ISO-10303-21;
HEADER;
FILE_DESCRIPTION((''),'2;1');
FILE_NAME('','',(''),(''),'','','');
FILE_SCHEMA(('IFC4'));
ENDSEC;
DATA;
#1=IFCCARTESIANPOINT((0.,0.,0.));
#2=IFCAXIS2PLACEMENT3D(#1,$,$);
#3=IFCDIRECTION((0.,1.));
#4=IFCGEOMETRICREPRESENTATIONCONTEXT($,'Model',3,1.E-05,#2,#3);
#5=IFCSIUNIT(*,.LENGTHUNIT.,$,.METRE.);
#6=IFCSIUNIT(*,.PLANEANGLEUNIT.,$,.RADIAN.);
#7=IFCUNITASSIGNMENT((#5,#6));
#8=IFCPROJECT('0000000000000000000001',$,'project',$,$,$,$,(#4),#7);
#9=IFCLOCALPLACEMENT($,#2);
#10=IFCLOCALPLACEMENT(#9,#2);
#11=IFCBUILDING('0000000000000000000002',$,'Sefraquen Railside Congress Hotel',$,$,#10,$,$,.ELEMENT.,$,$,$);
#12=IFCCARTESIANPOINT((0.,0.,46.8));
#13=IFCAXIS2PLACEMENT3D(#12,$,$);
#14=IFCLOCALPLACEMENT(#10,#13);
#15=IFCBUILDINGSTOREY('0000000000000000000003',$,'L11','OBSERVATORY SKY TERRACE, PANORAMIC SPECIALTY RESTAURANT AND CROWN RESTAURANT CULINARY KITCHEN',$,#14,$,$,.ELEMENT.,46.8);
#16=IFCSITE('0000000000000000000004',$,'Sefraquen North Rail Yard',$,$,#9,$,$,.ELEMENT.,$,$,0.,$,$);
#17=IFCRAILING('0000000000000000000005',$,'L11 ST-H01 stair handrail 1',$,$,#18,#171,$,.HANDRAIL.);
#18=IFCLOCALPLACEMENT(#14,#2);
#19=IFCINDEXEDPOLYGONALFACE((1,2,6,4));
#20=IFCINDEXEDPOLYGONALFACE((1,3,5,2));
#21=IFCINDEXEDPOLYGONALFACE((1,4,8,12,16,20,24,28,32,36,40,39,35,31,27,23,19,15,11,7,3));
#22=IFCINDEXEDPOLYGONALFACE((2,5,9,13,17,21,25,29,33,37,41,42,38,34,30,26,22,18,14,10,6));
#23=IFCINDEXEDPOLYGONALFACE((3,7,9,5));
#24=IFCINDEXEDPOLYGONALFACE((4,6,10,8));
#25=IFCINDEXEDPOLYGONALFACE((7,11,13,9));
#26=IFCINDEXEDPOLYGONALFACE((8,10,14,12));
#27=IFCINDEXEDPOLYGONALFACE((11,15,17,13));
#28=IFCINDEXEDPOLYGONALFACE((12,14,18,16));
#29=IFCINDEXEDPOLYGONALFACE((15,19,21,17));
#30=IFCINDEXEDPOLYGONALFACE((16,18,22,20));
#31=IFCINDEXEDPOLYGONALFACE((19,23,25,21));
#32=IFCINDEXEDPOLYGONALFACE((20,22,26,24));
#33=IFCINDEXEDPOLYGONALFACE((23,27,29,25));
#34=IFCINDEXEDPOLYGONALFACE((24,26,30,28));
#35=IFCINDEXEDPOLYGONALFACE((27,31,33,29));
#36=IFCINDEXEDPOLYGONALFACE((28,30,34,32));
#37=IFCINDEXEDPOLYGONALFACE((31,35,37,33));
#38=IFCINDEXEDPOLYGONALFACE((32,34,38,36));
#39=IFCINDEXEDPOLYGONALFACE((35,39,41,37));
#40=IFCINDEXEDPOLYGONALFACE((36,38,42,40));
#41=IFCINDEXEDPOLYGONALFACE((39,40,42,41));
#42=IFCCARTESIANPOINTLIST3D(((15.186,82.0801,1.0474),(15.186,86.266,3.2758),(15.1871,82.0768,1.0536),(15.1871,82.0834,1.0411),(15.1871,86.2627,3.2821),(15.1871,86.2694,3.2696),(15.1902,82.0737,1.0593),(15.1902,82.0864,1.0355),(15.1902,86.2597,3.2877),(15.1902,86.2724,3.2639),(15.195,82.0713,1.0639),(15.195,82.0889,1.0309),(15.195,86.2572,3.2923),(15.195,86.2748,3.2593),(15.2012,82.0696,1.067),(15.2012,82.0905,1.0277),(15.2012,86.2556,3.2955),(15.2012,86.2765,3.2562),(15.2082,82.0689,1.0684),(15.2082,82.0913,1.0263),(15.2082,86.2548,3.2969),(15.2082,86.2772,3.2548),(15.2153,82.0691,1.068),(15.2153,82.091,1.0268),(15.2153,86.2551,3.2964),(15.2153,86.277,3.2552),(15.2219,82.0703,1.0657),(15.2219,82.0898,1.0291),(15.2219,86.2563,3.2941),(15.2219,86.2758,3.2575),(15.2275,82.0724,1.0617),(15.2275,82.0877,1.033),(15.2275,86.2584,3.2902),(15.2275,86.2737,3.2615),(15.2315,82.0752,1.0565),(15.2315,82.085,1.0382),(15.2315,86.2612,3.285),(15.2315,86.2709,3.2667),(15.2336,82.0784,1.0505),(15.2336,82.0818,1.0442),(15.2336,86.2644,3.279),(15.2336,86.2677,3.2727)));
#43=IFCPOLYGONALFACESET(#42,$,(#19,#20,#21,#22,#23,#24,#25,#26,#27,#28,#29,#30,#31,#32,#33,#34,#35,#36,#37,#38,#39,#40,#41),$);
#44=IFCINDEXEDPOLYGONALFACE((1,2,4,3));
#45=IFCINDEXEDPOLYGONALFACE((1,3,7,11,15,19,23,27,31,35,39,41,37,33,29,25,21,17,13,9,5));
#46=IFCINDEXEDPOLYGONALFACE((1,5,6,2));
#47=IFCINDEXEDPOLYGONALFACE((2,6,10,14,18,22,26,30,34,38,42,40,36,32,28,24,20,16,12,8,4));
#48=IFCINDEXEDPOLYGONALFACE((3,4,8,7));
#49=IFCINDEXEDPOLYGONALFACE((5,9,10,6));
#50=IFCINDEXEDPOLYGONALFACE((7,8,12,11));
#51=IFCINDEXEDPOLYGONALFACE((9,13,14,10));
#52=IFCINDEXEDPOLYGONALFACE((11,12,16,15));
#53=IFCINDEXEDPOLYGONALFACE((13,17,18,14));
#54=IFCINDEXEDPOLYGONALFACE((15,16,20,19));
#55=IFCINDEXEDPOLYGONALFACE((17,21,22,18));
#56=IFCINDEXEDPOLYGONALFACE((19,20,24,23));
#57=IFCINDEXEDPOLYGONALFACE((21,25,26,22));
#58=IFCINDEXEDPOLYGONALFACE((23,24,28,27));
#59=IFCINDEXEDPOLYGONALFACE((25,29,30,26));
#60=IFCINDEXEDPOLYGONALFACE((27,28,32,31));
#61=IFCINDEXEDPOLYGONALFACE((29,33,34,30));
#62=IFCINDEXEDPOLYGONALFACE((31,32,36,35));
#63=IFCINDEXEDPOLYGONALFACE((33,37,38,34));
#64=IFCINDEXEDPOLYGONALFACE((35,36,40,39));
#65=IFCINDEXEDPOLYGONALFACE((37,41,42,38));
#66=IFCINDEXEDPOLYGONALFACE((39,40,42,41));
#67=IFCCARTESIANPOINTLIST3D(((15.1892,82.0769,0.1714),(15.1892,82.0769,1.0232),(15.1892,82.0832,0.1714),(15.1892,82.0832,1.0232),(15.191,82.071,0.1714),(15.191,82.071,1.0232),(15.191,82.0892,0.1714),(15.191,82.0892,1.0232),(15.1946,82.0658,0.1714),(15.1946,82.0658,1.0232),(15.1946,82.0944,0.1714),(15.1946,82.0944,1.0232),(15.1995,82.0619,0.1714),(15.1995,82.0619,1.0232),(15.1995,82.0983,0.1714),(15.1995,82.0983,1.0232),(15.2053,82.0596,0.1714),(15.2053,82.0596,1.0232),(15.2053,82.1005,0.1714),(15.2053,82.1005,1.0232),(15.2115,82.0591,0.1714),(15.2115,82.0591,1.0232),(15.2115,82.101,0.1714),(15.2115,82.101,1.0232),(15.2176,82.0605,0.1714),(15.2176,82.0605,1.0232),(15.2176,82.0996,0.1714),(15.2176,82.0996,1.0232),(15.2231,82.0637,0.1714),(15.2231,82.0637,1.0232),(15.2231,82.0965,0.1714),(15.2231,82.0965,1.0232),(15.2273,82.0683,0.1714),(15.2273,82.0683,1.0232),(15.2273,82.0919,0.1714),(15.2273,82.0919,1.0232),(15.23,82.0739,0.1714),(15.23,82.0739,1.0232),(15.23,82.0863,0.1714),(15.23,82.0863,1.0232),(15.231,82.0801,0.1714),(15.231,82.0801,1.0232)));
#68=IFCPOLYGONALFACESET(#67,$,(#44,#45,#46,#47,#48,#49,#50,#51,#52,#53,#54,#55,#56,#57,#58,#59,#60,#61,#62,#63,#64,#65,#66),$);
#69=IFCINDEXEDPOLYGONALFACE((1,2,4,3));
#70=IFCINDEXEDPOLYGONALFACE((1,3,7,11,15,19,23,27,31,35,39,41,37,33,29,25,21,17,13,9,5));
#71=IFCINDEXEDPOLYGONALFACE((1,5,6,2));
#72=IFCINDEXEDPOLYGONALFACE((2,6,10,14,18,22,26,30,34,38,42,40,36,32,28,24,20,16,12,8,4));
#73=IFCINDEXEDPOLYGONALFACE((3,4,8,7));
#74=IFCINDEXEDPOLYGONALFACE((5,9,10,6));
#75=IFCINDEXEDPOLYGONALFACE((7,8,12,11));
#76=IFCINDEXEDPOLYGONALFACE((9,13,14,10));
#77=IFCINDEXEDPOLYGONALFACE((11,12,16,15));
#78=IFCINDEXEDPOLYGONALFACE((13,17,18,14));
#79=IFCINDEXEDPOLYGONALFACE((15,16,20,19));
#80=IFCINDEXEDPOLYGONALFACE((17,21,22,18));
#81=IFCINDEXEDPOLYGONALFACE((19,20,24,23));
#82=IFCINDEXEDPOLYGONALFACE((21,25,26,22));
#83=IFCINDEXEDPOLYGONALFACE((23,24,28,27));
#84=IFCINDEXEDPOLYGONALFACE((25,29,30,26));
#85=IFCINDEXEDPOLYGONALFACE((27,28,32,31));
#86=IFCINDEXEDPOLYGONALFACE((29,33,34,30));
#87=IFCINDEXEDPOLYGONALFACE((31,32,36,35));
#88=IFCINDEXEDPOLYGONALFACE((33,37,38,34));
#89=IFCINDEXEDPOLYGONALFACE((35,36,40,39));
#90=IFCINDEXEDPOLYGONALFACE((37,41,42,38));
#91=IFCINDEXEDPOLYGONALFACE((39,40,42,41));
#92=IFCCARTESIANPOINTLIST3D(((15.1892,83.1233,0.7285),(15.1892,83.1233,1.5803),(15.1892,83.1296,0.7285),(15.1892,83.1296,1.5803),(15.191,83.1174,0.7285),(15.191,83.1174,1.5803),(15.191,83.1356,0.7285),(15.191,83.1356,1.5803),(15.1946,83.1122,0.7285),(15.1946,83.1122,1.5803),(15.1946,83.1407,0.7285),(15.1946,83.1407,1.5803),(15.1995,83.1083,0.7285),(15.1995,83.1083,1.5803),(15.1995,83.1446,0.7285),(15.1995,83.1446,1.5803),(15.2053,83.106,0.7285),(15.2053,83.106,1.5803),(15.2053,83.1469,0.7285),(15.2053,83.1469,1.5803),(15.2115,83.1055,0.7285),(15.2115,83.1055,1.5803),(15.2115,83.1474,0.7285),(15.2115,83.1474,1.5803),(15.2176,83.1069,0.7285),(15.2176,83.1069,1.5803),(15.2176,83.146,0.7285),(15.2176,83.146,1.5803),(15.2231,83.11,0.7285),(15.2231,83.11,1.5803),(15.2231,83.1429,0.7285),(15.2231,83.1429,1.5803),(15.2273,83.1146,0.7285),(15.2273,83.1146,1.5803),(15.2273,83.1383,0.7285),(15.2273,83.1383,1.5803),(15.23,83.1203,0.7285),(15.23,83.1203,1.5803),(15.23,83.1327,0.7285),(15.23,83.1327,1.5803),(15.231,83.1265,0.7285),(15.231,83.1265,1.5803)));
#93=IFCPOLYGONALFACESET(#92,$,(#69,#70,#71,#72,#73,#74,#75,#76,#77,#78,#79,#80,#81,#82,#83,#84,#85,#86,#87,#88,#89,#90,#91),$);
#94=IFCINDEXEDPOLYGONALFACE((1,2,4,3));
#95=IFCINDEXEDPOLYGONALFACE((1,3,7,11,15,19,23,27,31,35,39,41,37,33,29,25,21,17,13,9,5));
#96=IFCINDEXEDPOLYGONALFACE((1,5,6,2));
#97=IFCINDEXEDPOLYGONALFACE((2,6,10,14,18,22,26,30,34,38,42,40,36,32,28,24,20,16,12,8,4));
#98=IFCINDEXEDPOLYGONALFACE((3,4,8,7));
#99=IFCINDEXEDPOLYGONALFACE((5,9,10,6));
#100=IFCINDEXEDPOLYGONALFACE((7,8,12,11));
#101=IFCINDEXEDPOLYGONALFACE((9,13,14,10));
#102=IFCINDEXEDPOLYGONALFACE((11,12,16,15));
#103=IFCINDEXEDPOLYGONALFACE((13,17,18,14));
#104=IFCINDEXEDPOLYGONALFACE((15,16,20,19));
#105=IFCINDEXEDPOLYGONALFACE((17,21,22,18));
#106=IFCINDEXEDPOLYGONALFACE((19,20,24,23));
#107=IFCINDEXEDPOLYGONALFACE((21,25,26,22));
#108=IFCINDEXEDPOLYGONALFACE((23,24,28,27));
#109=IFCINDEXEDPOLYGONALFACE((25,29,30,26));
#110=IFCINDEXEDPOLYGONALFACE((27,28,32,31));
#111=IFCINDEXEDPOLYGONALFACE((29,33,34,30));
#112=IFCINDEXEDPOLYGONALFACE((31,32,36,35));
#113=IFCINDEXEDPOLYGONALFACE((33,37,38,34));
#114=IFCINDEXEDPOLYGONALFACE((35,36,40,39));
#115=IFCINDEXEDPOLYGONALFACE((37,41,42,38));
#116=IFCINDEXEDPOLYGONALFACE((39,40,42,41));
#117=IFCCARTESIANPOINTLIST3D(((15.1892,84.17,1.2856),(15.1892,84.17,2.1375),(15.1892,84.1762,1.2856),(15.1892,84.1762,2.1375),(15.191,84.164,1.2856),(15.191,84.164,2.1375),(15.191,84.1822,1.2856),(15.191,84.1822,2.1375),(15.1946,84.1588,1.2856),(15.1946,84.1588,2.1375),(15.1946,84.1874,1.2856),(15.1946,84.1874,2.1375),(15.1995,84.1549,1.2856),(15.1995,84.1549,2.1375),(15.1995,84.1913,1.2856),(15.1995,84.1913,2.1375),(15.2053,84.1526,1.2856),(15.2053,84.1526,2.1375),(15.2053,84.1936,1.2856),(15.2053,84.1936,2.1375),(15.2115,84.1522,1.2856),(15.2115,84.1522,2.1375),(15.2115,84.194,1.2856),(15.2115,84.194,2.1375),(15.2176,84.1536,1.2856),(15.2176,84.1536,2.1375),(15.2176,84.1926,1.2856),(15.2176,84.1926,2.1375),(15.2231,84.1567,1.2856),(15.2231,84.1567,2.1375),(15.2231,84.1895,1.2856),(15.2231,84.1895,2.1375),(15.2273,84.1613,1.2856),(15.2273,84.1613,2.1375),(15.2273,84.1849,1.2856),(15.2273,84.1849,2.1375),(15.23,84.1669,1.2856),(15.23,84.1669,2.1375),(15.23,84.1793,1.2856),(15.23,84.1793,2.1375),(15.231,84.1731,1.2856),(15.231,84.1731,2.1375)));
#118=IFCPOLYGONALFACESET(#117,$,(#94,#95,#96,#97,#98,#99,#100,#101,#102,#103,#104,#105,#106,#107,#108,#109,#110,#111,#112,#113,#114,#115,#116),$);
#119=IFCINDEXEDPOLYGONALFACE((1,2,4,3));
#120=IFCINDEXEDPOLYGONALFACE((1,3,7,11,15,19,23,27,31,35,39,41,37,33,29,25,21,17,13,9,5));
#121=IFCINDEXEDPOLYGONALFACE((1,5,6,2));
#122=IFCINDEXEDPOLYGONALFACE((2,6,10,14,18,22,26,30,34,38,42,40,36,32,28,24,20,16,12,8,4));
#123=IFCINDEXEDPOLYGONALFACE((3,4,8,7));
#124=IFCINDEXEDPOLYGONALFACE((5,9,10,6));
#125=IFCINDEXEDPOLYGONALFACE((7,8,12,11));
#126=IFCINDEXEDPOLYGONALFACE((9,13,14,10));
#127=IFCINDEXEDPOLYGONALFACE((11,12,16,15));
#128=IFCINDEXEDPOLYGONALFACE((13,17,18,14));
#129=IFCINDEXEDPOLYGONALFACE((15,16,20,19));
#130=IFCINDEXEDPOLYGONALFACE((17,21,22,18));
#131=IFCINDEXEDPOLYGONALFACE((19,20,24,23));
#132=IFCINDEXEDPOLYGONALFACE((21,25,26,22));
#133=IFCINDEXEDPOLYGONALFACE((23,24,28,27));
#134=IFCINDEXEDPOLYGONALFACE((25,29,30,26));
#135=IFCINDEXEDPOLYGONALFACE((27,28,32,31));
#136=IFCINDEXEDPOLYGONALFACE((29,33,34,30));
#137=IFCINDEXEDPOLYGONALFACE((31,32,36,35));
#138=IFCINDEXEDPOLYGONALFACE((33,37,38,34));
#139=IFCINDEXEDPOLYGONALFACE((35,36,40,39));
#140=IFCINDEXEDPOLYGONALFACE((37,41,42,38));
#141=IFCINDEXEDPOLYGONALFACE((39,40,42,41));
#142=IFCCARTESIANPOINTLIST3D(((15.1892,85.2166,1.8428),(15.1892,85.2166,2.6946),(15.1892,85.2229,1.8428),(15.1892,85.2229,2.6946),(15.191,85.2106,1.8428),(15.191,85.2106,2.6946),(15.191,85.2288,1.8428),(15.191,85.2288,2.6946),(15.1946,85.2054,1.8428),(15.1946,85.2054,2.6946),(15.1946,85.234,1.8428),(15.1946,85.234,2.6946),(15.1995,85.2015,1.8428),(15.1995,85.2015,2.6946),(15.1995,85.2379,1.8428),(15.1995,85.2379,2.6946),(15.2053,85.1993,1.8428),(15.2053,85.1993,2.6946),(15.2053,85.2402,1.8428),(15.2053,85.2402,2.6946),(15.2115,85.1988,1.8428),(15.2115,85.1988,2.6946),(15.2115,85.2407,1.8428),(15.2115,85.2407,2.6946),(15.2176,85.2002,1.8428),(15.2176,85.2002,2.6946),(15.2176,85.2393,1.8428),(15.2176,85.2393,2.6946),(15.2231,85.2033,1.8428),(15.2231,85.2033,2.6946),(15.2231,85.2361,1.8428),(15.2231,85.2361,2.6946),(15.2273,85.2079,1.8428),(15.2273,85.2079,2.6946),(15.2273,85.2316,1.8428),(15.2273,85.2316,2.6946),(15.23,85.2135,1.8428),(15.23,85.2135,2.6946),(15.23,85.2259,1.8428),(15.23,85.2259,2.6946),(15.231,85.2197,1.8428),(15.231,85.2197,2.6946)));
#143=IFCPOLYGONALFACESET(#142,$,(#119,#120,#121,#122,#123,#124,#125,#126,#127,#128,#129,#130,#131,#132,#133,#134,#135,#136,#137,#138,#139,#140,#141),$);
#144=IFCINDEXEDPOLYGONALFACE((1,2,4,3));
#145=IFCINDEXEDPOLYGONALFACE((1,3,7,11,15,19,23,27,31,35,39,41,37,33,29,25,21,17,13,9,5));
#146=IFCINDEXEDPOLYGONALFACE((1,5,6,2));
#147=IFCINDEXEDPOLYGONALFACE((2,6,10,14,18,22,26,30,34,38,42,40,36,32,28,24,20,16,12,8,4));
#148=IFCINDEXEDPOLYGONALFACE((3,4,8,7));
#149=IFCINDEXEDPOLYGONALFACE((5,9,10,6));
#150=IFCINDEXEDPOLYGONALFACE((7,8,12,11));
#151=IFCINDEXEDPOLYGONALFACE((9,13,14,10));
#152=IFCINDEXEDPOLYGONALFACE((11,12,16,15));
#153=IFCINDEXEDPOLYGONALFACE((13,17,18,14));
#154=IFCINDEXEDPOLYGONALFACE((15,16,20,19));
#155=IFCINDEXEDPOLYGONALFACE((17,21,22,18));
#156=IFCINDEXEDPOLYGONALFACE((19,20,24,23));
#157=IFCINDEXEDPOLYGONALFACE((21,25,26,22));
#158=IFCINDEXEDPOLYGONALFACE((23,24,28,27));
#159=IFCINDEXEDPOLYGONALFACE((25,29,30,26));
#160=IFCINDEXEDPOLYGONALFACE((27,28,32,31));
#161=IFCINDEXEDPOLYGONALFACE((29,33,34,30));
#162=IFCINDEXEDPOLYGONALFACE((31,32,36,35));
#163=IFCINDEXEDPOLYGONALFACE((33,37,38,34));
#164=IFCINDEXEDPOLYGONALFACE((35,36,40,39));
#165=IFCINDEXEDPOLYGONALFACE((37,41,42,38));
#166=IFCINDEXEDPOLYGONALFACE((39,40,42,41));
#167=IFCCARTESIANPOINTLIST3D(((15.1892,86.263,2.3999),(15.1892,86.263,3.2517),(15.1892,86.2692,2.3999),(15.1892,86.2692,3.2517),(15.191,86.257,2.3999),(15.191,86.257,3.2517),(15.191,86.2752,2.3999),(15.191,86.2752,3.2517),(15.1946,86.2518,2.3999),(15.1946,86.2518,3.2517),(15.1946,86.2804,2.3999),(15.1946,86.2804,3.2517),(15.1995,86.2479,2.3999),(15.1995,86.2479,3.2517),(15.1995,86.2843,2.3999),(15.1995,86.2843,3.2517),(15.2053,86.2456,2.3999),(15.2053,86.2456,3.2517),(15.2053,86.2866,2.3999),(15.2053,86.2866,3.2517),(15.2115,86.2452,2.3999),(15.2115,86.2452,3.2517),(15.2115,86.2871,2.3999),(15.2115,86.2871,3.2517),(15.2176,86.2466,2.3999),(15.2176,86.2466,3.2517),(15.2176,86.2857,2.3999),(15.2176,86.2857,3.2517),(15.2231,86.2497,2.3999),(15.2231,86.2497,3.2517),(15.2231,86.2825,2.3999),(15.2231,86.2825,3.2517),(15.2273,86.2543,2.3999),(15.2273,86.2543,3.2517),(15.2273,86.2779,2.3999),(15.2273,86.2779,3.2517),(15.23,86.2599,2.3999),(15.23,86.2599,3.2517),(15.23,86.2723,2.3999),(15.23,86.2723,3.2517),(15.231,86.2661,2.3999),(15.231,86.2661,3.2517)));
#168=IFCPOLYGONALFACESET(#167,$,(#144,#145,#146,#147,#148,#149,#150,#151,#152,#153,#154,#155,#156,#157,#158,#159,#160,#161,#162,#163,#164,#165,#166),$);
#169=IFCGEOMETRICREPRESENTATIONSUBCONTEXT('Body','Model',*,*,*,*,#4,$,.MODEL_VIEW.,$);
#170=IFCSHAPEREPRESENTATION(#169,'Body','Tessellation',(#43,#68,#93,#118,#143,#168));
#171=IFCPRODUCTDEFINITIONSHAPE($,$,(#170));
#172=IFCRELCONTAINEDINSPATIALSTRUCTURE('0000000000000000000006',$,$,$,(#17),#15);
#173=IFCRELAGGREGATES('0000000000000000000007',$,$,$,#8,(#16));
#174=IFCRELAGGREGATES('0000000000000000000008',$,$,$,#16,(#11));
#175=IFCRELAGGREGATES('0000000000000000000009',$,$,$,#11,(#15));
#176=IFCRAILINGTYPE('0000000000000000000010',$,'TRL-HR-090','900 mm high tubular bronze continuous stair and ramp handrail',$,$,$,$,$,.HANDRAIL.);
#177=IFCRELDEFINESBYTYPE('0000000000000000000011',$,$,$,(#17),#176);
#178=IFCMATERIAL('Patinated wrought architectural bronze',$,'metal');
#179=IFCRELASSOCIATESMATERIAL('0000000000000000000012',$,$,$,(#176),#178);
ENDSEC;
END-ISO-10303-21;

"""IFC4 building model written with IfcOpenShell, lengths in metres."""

from ifc_helpers import new_model, si_unit, direction, frame, origin, origin_2d, place, context, subcontext, project, spatial, circle, extrude, material, type_object, element, save


model = new_model("IFC4")

# Units and contexts
model_context = context("Model", 3, precision=1e-05, world=origin(), true_north=direction((0.0, 1.0)))
body_context = subcontext(model_context, "Body", "Model", "MODEL_VIEW")
ifc_project = project(units=[si_unit("LENGTHUNIT", "METRE"), si_unit("PLANEANGLEUNIT", "RADIAN")], contexts=[model_context])

# Site, building, storey
site_placement = place(None, origin())
site = spatial("IfcSite", under=ifc_project, at=site_placement, Name="Sefraquen North Rail Yard", CompositionType="ELEMENT", RefElevation=0.0)
building_placement = place(site_placement, origin())
building = spatial("IfcBuilding", under=site, at=building_placement, Name="Sefraquen Railside Congress Hotel", CompositionType="ELEMENT")
storey_placement = place(building_placement, frame((0.0, 0.0, 46.8)))
storey = spatial("IfcBuildingStorey", under=building, at=storey_placement, Name="L11", Description="OBSERVATORY SKY TERRACE, PANORAMIC SPECIALTY RESTAURANT AND CROWN RESTAURANT CULINARY KITCHEN", CompositionType="ELEMENT", Elevation=46.8)

# Railing
ifc_material_1 = material(Name="Patinated wrought architectural bronze", Category="metal")
railing_type_1 = type_object("IfcRailingType", Name="TRL-HR-090", Description="900 mm high tubular bronze continuous stair and ramp handrail", PredefinedType="HANDRAIL", material=ifc_material_1)
railing_1_placement = place(storey_placement, frame((15.21, 82.0801, 0.1714)))
element("IfcRailing", 1, at=railing_1_placement, inside=storey, type_object=railing_type_1, Name="L11 ST-H01 stair handrail 1", PredefinedType="HANDRAIL", context=body_context, shape_type="SweptSolid", body=[
    extrude(circle(Radius=0.0239, at=origin_2d()), frame((0.0, 0.0, 0.876), z_axis=(0.0, 0.882706, 0.469925), x_axis=(-1.0, 0.0, 0.0)), (0.0, 0.0, 1.0), 4.7422),
    extrude(circle(Radius=0.021, at=origin_2d()), origin(), (0.0, 0.0, 1.0), 0.8518),
    extrude(circle(Radius=0.021, at=origin_2d()), frame((0.0, 1.0464, 0.5571)), (0.0, 0.0, 1.0), 0.8518),
    extrude(circle(Radius=0.021, at=origin_2d()), frame((0.0, 2.093, 1.1143)), (0.0, 0.0, 1.0), 0.8518),
    extrude(circle(Radius=0.021, at=origin_2d()), frame((0.0, 3.1396, 1.6714)), (0.0, 0.0, 1.0), 0.8518),
    extrude(circle(Radius=0.021, at=origin_2d()), frame((0.0, 4.186, 2.2285)), (0.0, 0.0, 1.0), 0.8518),
])

save(model, "model.ifc")
